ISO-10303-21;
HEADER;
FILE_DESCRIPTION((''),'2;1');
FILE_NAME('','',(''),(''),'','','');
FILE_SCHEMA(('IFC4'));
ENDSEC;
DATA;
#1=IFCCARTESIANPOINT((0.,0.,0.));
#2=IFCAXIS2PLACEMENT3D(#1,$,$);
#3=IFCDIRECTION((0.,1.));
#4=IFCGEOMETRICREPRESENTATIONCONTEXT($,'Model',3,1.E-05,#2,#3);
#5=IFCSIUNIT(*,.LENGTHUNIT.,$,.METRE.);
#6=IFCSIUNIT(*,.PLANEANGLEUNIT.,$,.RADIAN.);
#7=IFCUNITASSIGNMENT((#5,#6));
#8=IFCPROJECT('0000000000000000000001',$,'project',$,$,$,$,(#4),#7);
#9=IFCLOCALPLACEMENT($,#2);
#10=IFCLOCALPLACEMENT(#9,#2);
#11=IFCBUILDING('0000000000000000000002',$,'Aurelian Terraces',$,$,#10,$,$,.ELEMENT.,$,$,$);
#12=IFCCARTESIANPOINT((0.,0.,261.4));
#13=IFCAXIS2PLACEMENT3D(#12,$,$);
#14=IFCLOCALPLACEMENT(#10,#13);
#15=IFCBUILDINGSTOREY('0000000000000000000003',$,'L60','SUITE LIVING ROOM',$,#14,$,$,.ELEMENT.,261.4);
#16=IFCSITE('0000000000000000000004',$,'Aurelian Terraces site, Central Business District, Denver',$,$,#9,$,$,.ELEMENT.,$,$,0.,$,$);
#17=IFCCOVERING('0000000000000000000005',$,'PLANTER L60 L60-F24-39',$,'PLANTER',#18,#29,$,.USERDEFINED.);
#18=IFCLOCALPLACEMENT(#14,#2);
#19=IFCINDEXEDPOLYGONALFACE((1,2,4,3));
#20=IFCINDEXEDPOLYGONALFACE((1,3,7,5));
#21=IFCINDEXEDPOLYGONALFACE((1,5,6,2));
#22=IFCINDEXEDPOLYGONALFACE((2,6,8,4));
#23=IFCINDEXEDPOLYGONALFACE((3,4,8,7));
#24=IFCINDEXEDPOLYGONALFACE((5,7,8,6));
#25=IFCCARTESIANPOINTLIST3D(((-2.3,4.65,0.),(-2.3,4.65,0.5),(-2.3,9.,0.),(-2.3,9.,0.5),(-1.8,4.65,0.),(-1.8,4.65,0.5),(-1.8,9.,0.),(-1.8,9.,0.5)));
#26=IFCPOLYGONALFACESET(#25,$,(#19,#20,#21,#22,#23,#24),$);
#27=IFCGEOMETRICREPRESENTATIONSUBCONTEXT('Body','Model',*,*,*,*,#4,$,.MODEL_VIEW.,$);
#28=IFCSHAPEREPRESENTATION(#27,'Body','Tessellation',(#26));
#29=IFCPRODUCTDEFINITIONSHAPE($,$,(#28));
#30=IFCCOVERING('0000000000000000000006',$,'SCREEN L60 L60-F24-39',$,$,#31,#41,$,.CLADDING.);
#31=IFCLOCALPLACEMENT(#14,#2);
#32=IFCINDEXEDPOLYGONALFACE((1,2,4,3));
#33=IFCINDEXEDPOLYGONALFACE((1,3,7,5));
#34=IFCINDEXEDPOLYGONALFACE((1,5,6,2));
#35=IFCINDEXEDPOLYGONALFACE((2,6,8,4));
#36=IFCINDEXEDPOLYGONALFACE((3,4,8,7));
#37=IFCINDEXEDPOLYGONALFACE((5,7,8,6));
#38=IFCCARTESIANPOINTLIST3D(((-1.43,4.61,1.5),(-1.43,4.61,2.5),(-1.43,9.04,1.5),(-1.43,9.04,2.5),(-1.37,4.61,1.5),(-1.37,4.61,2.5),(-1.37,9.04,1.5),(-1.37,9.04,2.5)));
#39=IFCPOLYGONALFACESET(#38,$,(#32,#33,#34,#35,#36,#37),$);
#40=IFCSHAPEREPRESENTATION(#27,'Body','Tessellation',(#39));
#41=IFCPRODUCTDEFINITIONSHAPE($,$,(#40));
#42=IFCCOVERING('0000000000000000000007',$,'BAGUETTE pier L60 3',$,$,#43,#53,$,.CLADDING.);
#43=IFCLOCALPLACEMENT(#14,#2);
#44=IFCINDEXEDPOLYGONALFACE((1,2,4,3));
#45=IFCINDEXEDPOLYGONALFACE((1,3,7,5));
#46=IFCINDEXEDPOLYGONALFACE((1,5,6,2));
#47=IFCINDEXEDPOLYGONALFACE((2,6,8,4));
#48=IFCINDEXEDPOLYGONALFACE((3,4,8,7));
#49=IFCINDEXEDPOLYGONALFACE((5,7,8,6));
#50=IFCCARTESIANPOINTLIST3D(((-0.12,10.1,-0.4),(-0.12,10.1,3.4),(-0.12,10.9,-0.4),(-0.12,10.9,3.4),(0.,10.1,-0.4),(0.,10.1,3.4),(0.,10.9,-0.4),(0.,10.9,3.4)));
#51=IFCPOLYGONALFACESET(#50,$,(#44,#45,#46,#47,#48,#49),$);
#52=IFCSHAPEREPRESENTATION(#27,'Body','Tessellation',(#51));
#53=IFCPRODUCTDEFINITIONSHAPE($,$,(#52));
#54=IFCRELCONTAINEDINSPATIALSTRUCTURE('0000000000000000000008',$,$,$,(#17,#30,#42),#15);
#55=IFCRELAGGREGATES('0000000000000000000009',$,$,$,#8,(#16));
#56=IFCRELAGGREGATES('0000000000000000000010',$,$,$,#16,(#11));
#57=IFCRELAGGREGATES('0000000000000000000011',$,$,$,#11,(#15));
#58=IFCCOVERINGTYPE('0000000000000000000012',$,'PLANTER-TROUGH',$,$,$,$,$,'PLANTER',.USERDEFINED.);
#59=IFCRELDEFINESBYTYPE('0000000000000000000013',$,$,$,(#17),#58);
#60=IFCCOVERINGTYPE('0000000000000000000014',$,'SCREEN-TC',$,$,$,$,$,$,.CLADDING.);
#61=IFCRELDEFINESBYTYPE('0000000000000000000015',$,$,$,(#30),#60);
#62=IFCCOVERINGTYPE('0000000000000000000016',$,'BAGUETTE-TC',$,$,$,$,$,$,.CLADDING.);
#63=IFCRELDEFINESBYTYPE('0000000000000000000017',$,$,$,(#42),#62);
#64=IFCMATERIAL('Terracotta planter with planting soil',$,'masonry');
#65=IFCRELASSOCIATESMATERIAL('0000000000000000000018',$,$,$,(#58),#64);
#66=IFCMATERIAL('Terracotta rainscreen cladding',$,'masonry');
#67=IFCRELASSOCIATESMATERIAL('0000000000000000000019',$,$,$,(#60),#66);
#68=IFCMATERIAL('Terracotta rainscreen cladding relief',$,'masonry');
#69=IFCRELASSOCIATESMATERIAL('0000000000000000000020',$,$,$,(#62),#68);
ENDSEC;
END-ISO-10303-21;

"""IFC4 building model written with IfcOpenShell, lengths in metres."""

from ifc_helpers import new_model, si_unit, direction, frame, origin, origin_2d, place, context, subcontext, project, spatial, rectangle, extrude, source, transform, mapped, material, type_object, element, save


model = new_model("IFC4")

# Units and contexts
model_context = context("Model", 3, precision=1e-05, world=origin(), true_north=direction((0.0, 1.0)))
body_context = subcontext(model_context, "Body", "Model", "MODEL_VIEW")
ifc_project = project(units=[si_unit("LENGTHUNIT", "METRE"), si_unit("PLANEANGLEUNIT", "RADIAN")], contexts=[model_context])

# Site, building, storey
site_placement = place(None, origin())
site = spatial("IfcSite", under=ifc_project, at=site_placement, Name="Aurelian Terraces site, Central Business District, Denver", CompositionType="ELEMENT", RefElevation=0.0)
building_placement = place(site_placement, origin())
building = spatial("IfcBuilding", under=site, at=building_placement, Name="Aurelian Terraces", CompositionType="ELEMENT")
storey_placement = place(building_placement, frame((0.0, 0.0, 261.4)))
storey = spatial("IfcBuildingStorey", under=building, at=storey_placement, Name="L60", Description="SUITE LIVING ROOM", CompositionType="ELEMENT", Elevation=261.4)

# Shared definitions
ifc_material_1 = material(Name="Terracotta rainscreen cladding", Category="masonry")

# Shared definitions
ifc_material_2 = material(Name="Terracotta rainscreen cladding relief", Category="masonry")

# Coverings
ifc_material_3 = material(Name="Terracotta planter with planting soil", Category="masonry")
covering_type_1 = type_object("IfcCoveringType", Name="PLANTER-TROUGH", ElementType="PLANTER", PredefinedType="USERDEFINED", material=ifc_material_3)
shared_shape_1 = source(origin(), body_context, "Body", "SweptSolid", [
    extrude(rectangle(XDim=0.5, YDim=4.35, at=origin_2d()), origin(), (0.0, 0.0, 1.0), 0.5),
])
covering_1_placement = place(storey_placement, frame((-2.05, 6.825, 0.0), z_axis=(0.0, 0.0, 1.0), x_axis=(1.0, 0.0, 0.0)))
element("IfcCovering", 1, at=covering_1_placement, inside=storey, type_object=covering_type_1, Name="PLANTER L60 L60-F24-39", ObjectType="PLANTER", PredefinedType="USERDEFINED", context=body_context, shape_type="MappedRepresentation", body=[
    mapped(shared_shape_1, transform((0.0, 0.0, 0.0), scale=1.0)),
])
covering_type_2 = type_object("IfcCoveringType", Name="SCREEN-TC", PredefinedType="CLADDING", material=ifc_material_1)
shared_shape_2 = source(origin(), body_context, "Body", "SweptSolid", [
    extrude(rectangle(XDim=0.06, YDim=4.43, at=origin_2d()), origin(), (0.0, 0.0, 1.0), 1.0),
])
covering_2_placement = place(storey_placement, frame((-1.4, 6.825, 1.5), z_axis=(0.0, 0.0, 1.0), x_axis=(1.0, 0.0, 0.0)))
element("IfcCovering", 2, at=covering_2_placement, inside=storey, type_object=covering_type_2, Name="SCREEN L60 L60-F24-39", PredefinedType="CLADDING", context=body_context, shape_type="MappedRepresentation", body=[
    mapped(shared_shape_2, transform((0.0, 0.0, 0.0), scale=1.0)),
])
covering_type_3 = type_object("IfcCoveringType", Name="BAGUETTE-TC", PredefinedType="CLADDING", material=ifc_material_2)
shared_shape_3 = source(origin(), body_context, "Body", "SweptSolid", [
    extrude(rectangle(XDim=0.12, YDim=0.8, at=origin_2d()), origin(), (0.0, 0.0, 1.0), 3.8),
])
covering_3_placement = place(storey_placement, frame((-0.06, 10.5, -0.4), z_axis=(0.0, 0.0, 1.0), x_axis=(1.0, 0.0, 0.0)))
element("IfcCovering", 3, at=covering_3_placement, inside=storey, type_object=covering_type_3, Name="BAGUETTE pier L60 3", PredefinedType="CLADDING", context=body_context, shape_type="MappedRepresentation", body=[
    mapped(shared_shape_3, transform((0.0, 0.0, 0.0), scale=1.0)),
])

save(model, "model.ifc")
